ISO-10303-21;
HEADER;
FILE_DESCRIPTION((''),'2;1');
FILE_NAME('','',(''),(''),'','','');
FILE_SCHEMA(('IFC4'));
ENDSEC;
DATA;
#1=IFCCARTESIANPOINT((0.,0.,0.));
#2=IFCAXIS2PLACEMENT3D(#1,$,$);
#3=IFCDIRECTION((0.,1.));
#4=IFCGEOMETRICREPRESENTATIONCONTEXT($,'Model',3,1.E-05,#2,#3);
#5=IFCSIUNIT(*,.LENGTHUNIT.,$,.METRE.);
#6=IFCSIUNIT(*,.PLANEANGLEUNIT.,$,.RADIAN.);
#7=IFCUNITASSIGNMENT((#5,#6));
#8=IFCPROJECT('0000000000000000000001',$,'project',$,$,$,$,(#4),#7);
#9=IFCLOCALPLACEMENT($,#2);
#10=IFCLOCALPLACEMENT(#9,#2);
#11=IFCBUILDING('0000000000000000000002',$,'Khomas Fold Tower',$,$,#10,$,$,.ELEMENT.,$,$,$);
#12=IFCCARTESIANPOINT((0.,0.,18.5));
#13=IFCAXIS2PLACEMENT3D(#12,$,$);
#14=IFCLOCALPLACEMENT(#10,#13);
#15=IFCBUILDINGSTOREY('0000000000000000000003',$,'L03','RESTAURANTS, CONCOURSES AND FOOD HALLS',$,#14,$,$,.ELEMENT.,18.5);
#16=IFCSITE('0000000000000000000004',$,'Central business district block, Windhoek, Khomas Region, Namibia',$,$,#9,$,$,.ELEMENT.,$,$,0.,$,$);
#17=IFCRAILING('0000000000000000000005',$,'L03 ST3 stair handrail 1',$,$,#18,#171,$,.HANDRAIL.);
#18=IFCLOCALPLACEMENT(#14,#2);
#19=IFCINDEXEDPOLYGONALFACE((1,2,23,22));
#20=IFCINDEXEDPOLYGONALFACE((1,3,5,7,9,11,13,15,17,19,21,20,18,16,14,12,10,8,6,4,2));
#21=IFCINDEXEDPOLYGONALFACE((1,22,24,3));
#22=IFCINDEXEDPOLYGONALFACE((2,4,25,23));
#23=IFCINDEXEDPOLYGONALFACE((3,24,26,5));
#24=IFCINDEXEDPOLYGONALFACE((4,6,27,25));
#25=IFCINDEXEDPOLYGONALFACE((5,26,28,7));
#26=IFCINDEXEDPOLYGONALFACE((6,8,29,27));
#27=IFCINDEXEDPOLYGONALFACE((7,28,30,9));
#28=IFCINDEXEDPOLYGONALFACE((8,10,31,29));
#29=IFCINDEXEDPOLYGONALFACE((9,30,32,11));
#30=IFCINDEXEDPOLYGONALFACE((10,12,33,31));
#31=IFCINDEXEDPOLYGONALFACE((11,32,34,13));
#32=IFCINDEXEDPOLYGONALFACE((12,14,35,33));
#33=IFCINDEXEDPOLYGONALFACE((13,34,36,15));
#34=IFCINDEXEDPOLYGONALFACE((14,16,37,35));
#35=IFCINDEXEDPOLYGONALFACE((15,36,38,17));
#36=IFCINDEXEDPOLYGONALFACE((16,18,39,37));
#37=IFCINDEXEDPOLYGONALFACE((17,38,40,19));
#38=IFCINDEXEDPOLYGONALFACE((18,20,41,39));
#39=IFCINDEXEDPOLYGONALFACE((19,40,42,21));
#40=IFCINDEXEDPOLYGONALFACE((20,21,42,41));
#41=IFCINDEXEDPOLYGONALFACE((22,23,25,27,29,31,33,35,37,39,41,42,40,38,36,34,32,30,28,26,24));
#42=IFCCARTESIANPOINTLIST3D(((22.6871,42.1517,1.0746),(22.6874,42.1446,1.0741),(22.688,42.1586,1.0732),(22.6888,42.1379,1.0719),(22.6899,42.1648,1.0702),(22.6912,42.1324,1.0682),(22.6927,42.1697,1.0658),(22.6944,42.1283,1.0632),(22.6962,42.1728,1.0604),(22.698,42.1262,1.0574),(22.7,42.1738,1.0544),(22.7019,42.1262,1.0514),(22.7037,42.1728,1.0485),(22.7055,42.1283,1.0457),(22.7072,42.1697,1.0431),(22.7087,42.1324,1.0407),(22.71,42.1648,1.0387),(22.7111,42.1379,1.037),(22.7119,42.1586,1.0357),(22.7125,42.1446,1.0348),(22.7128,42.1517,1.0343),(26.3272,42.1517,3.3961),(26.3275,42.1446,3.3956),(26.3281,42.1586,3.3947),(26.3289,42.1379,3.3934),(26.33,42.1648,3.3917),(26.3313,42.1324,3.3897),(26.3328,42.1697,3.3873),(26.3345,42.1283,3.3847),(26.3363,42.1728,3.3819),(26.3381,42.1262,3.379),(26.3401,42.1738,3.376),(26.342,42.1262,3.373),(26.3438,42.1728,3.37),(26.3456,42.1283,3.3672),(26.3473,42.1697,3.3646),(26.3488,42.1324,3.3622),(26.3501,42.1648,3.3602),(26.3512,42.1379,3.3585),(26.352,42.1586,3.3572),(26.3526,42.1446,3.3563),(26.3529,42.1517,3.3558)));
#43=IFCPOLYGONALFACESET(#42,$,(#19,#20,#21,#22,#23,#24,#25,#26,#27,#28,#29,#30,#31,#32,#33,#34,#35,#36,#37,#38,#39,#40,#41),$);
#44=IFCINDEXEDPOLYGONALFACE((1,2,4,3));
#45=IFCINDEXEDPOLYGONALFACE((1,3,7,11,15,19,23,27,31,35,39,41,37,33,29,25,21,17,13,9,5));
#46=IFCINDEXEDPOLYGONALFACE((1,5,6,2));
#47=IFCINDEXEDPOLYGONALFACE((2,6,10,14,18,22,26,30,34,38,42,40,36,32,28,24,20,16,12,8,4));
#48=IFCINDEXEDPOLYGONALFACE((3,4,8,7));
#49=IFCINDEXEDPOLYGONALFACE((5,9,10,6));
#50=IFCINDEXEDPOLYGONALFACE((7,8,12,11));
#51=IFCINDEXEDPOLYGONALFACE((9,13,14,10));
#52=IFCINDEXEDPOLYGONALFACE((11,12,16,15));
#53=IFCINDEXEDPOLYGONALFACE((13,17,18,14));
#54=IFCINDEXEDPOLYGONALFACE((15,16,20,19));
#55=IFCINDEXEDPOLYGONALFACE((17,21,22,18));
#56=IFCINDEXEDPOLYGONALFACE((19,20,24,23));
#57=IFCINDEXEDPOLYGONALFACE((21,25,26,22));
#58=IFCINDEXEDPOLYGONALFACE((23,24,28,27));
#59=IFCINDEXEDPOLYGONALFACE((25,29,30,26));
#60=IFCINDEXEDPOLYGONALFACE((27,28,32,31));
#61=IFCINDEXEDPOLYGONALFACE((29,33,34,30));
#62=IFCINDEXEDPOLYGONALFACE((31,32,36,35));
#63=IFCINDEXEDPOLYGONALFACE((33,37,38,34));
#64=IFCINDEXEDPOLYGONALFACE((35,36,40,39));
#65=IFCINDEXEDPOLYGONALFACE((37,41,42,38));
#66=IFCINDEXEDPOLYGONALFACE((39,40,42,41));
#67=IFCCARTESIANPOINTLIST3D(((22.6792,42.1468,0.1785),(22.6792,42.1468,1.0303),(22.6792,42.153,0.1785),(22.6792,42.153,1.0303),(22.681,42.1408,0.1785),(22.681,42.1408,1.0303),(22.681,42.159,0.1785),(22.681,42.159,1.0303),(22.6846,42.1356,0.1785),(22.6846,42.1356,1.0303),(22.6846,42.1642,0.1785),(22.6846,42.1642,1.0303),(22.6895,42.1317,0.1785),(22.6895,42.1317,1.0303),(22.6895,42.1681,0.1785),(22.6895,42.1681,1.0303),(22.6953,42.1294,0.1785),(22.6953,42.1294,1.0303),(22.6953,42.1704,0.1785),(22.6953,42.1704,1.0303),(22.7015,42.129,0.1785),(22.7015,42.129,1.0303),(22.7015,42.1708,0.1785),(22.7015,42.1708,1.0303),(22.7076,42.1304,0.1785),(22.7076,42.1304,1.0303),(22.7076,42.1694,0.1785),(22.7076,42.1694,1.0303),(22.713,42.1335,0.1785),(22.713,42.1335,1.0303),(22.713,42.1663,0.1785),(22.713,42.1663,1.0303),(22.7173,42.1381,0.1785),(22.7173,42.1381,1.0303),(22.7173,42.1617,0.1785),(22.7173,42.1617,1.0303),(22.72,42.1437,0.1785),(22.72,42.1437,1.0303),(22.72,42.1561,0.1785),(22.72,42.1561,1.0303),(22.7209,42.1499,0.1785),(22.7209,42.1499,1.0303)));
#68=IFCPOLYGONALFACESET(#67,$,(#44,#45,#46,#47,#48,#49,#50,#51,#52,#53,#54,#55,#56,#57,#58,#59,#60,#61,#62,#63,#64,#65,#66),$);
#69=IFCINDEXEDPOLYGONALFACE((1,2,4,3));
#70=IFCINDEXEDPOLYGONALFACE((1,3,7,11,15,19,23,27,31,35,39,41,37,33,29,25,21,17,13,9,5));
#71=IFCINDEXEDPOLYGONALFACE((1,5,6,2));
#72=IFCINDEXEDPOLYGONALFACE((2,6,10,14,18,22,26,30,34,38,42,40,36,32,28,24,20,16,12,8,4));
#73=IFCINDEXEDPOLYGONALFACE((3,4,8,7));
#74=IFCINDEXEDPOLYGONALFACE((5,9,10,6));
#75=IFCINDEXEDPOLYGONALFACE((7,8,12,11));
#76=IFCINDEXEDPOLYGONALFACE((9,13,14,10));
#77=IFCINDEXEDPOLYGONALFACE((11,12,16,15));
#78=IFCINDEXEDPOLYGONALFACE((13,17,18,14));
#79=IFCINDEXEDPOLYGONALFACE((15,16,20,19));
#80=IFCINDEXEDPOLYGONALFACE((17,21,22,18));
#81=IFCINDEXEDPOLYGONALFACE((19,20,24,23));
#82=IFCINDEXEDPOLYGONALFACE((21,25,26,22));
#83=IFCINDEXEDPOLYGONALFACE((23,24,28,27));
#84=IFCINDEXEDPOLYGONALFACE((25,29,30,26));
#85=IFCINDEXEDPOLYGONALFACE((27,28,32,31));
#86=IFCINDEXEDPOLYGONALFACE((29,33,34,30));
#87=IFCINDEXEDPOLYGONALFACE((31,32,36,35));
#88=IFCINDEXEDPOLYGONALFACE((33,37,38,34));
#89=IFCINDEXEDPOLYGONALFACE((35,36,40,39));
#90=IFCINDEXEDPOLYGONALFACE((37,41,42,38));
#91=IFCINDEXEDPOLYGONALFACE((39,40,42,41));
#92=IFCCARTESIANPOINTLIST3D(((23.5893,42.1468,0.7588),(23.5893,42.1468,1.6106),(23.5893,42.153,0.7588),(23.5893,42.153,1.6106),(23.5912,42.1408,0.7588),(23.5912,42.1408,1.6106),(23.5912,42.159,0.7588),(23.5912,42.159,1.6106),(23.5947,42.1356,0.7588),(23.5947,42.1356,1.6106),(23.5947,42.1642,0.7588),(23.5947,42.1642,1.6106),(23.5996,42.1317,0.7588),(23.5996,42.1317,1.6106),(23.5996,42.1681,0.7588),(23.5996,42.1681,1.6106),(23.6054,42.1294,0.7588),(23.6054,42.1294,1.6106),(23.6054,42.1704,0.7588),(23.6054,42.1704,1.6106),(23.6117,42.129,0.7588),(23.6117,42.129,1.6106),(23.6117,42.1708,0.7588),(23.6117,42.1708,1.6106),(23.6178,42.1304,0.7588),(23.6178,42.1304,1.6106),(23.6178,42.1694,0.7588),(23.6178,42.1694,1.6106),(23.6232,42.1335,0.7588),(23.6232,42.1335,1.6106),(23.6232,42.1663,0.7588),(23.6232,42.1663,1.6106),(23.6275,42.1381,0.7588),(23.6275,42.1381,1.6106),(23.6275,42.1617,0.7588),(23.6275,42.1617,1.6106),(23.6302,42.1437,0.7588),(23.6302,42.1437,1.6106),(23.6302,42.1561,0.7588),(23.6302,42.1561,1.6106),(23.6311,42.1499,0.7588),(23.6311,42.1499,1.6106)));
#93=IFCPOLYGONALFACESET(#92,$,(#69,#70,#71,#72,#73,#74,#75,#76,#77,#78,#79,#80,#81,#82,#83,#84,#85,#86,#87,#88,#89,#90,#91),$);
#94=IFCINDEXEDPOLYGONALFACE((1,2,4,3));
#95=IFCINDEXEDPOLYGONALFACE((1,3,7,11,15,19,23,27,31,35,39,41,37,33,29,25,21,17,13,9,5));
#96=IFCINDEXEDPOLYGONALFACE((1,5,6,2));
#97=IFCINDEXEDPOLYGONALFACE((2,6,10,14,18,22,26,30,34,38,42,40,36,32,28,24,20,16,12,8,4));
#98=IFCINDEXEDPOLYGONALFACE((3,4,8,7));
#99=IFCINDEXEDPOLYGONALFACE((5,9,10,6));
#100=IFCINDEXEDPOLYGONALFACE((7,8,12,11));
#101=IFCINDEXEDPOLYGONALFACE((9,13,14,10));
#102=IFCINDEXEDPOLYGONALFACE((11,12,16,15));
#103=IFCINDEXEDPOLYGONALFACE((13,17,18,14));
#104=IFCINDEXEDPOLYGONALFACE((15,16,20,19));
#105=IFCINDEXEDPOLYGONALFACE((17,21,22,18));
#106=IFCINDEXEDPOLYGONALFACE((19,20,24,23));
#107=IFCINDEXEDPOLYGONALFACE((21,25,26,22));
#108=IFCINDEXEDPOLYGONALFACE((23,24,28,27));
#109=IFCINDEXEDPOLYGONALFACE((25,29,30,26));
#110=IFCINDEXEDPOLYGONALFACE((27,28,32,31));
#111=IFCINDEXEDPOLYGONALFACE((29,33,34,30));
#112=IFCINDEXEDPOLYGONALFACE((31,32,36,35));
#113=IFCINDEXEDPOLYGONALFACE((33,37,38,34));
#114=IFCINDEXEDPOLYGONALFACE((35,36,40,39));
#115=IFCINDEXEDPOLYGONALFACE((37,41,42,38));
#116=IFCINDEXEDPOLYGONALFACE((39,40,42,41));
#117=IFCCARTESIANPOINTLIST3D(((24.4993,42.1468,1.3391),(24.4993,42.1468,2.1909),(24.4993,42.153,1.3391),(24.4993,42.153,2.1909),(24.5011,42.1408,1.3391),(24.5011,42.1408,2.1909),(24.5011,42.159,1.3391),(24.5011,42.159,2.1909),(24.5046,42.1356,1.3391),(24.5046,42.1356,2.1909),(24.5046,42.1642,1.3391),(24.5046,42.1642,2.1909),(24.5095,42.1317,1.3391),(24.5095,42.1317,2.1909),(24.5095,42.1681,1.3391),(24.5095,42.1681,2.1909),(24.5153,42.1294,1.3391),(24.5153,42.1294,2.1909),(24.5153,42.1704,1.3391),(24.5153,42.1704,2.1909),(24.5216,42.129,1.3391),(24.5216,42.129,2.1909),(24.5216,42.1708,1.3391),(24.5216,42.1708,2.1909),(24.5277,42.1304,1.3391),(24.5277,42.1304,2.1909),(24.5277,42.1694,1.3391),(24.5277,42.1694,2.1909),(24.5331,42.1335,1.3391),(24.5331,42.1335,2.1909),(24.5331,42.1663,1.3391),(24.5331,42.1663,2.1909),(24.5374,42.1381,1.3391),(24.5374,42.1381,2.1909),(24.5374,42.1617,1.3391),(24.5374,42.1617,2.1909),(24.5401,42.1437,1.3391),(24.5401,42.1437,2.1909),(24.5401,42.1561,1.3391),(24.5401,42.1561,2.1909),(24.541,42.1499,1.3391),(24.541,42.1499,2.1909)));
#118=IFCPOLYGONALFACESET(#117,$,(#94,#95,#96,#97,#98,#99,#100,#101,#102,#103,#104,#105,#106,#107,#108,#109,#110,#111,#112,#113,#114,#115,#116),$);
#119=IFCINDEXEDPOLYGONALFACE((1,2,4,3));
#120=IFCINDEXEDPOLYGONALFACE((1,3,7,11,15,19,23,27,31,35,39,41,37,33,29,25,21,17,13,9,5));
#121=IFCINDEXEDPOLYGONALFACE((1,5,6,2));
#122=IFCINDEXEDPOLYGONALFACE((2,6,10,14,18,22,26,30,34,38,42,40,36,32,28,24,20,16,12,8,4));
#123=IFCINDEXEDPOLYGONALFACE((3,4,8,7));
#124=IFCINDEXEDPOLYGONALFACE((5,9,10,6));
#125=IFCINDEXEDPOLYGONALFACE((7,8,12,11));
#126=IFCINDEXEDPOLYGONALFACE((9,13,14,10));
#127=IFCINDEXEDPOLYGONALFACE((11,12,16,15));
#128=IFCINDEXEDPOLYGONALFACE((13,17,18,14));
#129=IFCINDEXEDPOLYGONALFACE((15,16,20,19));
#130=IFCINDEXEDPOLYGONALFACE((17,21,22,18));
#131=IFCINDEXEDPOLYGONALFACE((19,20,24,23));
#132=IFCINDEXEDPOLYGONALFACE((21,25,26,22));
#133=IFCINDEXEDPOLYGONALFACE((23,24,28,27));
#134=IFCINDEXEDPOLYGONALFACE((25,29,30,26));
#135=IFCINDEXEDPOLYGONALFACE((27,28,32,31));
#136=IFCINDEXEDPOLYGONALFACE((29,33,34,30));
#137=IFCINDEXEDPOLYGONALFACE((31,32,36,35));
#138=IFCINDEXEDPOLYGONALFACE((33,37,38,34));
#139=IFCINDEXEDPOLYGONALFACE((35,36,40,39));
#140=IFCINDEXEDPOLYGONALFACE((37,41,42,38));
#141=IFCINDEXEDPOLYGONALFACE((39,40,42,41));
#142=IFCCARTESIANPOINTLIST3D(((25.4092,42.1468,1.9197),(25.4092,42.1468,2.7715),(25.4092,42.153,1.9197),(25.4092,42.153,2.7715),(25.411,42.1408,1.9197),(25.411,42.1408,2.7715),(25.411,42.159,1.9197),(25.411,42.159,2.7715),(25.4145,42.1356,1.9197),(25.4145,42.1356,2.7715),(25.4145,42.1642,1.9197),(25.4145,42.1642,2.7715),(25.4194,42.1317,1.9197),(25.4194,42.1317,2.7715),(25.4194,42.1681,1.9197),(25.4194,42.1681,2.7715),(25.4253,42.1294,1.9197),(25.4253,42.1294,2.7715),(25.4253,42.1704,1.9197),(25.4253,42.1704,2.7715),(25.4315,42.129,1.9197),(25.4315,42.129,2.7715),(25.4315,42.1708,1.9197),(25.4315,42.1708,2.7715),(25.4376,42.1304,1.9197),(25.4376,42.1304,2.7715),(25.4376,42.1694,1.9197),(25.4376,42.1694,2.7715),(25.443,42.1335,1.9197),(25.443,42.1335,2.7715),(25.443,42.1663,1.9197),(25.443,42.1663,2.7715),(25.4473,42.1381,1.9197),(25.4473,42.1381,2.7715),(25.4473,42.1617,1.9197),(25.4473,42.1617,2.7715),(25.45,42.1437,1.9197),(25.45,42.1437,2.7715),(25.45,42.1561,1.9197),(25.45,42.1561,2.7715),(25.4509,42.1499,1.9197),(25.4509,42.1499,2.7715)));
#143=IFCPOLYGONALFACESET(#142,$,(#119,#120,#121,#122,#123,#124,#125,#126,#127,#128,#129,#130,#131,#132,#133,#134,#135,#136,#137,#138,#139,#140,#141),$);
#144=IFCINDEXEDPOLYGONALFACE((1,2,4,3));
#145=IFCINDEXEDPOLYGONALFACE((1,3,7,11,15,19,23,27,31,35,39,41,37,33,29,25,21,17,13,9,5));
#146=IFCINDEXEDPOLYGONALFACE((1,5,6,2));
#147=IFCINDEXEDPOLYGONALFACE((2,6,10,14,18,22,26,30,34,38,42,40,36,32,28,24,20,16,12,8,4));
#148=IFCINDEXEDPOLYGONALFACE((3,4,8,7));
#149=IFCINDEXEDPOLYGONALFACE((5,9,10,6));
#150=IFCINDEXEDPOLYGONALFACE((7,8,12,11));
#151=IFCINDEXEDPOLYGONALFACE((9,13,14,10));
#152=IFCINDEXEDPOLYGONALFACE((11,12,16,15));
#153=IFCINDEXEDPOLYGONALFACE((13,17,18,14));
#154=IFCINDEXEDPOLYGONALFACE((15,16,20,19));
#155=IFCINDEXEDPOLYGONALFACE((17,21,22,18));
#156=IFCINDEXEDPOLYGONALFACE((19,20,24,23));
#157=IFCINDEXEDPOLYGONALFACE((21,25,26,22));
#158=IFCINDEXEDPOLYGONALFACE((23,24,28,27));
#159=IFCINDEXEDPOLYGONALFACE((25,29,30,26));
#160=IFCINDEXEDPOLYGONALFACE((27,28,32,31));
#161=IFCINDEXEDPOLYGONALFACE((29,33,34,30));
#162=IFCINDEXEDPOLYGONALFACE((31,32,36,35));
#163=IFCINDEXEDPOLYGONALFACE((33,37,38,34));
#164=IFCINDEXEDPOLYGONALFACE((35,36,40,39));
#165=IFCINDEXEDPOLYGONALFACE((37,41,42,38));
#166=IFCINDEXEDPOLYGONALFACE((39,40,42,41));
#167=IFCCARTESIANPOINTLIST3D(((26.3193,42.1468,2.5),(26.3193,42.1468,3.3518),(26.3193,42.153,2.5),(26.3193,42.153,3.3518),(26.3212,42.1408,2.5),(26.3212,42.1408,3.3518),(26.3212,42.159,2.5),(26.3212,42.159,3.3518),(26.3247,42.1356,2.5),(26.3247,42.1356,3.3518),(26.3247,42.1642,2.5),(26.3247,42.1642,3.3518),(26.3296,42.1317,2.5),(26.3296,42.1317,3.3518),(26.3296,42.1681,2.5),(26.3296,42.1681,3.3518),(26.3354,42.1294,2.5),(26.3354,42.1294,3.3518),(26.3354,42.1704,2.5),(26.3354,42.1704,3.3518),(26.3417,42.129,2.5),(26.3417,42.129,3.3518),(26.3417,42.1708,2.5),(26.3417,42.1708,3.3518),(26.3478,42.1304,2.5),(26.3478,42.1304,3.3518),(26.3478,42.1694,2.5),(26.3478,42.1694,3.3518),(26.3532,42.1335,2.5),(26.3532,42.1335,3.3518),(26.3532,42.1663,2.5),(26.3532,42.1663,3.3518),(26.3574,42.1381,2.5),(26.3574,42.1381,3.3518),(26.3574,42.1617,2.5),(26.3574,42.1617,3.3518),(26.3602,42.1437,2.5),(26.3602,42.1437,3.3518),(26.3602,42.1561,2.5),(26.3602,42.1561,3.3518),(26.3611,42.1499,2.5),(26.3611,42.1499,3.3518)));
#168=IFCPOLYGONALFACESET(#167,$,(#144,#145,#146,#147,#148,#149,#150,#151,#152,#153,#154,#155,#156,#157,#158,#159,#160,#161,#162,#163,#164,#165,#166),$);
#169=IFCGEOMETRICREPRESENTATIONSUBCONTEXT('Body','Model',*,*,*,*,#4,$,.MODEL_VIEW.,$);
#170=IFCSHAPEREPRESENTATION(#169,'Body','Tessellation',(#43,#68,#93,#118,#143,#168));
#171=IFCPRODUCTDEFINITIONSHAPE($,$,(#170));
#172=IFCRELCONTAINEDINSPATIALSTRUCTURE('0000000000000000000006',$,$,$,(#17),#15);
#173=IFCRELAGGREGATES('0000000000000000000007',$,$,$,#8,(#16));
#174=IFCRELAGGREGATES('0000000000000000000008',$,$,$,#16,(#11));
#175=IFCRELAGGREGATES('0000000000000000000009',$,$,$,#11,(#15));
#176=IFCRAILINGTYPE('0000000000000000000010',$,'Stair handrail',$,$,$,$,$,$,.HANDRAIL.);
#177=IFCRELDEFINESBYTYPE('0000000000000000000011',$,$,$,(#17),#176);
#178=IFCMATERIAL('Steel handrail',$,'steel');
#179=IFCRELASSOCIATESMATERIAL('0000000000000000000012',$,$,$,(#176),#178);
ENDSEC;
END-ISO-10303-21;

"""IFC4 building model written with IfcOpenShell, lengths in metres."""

from ifc_helpers import new_model, si_unit, direction, frame, origin, origin_2d, place, context, subcontext, project, spatial, circle, extrude, source, transform, mapped, material, type_object, element, save


model = new_model("IFC4")

# Units and contexts
model_context = context("Model", 3, precision=1e-05, world=origin(), true_north=direction((0.0, 1.0)))
body_context = subcontext(model_context, "Body", "Model", "MODEL_VIEW")
ifc_project = project(units=[si_unit("LENGTHUNIT", "METRE"), si_unit("PLANEANGLEUNIT", "RADIAN")], contexts=[model_context])

# Site, building, storey
site_placement = place(None, origin())
site = spatial("IfcSite", under=ifc_project, at=site_placement, Name="Central business district block, Windhoek, Khomas Region, Namibia", CompositionType="ELEMENT", RefElevation=0.0)
building_placement = place(site_placement, origin())
building = spatial("IfcBuilding", under=site, at=building_placement, Name="Khomas Fold Tower", CompositionType="ELEMENT")
storey_placement = place(building_placement, frame((0.0, 0.0, 18.5)))
storey = spatial("IfcBuildingStorey", under=building, at=storey_placement, Name="L03", Description="RESTAURANTS, CONCOURSES AND FOOD HALLS", CompositionType="ELEMENT", Elevation=18.5)

# Railing
ifc_material_1 = material(Name="Steel handrail", Category="steel")
railing_type_1 = type_object("IfcRailingType", Name="Stair handrail", PredefinedType="HANDRAIL", material=ifc_material_1)
shared_shape_1 = source(origin(), body_context, "Body", "SweptSolid", [
    extrude(circle(Radius=0.0239, at=origin_2d()), frame((0.0, 0.0, 0.876), z_axis=(0.843128, 0.0, 0.537713), x_axis=(0.0, 1.0, 0.0)), (0.0, 0.0, 1.0), 4.3174),
    extrude(circle(Radius=0.021, at=origin_2d()), origin(), (0.0, 0.0, 1.0), 0.8518),
    extrude(circle(Radius=0.021, at=origin_2d()), frame((0.9102, 0.0, 0.5803)), (0.0, 0.0, 1.0), 0.8518),
    extrude(circle(Radius=0.021, at=origin_2d()), frame((1.8201, 0.0, 1.1606)), (0.0, 0.0, 1.0), 0.8518),
    extrude(circle(Radius=0.021, at=origin_2d()), frame((2.73, 0.0, 1.7412)), (0.0, 0.0, 1.0), 0.8518),
    extrude(circle(Radius=0.021, at=origin_2d()), frame((3.6401, 0.0, 2.3215)), (0.0, 0.0, 1.0), 0.8518),
])
railing_1_placement = place(storey_placement, frame((22.7, 42.1499, 0.1785)))
element("IfcRailing", 1, at=railing_1_placement, inside=storey, type_object=railing_type_1, Name="L03 ST3 stair handrail 1", PredefinedType="HANDRAIL", context=body_context, shape_type="MappedRepresentation", body=[
    mapped(shared_shape_1, transform((0.0, 0.0, 0.0))),
])

save(model, "model.ifc")
